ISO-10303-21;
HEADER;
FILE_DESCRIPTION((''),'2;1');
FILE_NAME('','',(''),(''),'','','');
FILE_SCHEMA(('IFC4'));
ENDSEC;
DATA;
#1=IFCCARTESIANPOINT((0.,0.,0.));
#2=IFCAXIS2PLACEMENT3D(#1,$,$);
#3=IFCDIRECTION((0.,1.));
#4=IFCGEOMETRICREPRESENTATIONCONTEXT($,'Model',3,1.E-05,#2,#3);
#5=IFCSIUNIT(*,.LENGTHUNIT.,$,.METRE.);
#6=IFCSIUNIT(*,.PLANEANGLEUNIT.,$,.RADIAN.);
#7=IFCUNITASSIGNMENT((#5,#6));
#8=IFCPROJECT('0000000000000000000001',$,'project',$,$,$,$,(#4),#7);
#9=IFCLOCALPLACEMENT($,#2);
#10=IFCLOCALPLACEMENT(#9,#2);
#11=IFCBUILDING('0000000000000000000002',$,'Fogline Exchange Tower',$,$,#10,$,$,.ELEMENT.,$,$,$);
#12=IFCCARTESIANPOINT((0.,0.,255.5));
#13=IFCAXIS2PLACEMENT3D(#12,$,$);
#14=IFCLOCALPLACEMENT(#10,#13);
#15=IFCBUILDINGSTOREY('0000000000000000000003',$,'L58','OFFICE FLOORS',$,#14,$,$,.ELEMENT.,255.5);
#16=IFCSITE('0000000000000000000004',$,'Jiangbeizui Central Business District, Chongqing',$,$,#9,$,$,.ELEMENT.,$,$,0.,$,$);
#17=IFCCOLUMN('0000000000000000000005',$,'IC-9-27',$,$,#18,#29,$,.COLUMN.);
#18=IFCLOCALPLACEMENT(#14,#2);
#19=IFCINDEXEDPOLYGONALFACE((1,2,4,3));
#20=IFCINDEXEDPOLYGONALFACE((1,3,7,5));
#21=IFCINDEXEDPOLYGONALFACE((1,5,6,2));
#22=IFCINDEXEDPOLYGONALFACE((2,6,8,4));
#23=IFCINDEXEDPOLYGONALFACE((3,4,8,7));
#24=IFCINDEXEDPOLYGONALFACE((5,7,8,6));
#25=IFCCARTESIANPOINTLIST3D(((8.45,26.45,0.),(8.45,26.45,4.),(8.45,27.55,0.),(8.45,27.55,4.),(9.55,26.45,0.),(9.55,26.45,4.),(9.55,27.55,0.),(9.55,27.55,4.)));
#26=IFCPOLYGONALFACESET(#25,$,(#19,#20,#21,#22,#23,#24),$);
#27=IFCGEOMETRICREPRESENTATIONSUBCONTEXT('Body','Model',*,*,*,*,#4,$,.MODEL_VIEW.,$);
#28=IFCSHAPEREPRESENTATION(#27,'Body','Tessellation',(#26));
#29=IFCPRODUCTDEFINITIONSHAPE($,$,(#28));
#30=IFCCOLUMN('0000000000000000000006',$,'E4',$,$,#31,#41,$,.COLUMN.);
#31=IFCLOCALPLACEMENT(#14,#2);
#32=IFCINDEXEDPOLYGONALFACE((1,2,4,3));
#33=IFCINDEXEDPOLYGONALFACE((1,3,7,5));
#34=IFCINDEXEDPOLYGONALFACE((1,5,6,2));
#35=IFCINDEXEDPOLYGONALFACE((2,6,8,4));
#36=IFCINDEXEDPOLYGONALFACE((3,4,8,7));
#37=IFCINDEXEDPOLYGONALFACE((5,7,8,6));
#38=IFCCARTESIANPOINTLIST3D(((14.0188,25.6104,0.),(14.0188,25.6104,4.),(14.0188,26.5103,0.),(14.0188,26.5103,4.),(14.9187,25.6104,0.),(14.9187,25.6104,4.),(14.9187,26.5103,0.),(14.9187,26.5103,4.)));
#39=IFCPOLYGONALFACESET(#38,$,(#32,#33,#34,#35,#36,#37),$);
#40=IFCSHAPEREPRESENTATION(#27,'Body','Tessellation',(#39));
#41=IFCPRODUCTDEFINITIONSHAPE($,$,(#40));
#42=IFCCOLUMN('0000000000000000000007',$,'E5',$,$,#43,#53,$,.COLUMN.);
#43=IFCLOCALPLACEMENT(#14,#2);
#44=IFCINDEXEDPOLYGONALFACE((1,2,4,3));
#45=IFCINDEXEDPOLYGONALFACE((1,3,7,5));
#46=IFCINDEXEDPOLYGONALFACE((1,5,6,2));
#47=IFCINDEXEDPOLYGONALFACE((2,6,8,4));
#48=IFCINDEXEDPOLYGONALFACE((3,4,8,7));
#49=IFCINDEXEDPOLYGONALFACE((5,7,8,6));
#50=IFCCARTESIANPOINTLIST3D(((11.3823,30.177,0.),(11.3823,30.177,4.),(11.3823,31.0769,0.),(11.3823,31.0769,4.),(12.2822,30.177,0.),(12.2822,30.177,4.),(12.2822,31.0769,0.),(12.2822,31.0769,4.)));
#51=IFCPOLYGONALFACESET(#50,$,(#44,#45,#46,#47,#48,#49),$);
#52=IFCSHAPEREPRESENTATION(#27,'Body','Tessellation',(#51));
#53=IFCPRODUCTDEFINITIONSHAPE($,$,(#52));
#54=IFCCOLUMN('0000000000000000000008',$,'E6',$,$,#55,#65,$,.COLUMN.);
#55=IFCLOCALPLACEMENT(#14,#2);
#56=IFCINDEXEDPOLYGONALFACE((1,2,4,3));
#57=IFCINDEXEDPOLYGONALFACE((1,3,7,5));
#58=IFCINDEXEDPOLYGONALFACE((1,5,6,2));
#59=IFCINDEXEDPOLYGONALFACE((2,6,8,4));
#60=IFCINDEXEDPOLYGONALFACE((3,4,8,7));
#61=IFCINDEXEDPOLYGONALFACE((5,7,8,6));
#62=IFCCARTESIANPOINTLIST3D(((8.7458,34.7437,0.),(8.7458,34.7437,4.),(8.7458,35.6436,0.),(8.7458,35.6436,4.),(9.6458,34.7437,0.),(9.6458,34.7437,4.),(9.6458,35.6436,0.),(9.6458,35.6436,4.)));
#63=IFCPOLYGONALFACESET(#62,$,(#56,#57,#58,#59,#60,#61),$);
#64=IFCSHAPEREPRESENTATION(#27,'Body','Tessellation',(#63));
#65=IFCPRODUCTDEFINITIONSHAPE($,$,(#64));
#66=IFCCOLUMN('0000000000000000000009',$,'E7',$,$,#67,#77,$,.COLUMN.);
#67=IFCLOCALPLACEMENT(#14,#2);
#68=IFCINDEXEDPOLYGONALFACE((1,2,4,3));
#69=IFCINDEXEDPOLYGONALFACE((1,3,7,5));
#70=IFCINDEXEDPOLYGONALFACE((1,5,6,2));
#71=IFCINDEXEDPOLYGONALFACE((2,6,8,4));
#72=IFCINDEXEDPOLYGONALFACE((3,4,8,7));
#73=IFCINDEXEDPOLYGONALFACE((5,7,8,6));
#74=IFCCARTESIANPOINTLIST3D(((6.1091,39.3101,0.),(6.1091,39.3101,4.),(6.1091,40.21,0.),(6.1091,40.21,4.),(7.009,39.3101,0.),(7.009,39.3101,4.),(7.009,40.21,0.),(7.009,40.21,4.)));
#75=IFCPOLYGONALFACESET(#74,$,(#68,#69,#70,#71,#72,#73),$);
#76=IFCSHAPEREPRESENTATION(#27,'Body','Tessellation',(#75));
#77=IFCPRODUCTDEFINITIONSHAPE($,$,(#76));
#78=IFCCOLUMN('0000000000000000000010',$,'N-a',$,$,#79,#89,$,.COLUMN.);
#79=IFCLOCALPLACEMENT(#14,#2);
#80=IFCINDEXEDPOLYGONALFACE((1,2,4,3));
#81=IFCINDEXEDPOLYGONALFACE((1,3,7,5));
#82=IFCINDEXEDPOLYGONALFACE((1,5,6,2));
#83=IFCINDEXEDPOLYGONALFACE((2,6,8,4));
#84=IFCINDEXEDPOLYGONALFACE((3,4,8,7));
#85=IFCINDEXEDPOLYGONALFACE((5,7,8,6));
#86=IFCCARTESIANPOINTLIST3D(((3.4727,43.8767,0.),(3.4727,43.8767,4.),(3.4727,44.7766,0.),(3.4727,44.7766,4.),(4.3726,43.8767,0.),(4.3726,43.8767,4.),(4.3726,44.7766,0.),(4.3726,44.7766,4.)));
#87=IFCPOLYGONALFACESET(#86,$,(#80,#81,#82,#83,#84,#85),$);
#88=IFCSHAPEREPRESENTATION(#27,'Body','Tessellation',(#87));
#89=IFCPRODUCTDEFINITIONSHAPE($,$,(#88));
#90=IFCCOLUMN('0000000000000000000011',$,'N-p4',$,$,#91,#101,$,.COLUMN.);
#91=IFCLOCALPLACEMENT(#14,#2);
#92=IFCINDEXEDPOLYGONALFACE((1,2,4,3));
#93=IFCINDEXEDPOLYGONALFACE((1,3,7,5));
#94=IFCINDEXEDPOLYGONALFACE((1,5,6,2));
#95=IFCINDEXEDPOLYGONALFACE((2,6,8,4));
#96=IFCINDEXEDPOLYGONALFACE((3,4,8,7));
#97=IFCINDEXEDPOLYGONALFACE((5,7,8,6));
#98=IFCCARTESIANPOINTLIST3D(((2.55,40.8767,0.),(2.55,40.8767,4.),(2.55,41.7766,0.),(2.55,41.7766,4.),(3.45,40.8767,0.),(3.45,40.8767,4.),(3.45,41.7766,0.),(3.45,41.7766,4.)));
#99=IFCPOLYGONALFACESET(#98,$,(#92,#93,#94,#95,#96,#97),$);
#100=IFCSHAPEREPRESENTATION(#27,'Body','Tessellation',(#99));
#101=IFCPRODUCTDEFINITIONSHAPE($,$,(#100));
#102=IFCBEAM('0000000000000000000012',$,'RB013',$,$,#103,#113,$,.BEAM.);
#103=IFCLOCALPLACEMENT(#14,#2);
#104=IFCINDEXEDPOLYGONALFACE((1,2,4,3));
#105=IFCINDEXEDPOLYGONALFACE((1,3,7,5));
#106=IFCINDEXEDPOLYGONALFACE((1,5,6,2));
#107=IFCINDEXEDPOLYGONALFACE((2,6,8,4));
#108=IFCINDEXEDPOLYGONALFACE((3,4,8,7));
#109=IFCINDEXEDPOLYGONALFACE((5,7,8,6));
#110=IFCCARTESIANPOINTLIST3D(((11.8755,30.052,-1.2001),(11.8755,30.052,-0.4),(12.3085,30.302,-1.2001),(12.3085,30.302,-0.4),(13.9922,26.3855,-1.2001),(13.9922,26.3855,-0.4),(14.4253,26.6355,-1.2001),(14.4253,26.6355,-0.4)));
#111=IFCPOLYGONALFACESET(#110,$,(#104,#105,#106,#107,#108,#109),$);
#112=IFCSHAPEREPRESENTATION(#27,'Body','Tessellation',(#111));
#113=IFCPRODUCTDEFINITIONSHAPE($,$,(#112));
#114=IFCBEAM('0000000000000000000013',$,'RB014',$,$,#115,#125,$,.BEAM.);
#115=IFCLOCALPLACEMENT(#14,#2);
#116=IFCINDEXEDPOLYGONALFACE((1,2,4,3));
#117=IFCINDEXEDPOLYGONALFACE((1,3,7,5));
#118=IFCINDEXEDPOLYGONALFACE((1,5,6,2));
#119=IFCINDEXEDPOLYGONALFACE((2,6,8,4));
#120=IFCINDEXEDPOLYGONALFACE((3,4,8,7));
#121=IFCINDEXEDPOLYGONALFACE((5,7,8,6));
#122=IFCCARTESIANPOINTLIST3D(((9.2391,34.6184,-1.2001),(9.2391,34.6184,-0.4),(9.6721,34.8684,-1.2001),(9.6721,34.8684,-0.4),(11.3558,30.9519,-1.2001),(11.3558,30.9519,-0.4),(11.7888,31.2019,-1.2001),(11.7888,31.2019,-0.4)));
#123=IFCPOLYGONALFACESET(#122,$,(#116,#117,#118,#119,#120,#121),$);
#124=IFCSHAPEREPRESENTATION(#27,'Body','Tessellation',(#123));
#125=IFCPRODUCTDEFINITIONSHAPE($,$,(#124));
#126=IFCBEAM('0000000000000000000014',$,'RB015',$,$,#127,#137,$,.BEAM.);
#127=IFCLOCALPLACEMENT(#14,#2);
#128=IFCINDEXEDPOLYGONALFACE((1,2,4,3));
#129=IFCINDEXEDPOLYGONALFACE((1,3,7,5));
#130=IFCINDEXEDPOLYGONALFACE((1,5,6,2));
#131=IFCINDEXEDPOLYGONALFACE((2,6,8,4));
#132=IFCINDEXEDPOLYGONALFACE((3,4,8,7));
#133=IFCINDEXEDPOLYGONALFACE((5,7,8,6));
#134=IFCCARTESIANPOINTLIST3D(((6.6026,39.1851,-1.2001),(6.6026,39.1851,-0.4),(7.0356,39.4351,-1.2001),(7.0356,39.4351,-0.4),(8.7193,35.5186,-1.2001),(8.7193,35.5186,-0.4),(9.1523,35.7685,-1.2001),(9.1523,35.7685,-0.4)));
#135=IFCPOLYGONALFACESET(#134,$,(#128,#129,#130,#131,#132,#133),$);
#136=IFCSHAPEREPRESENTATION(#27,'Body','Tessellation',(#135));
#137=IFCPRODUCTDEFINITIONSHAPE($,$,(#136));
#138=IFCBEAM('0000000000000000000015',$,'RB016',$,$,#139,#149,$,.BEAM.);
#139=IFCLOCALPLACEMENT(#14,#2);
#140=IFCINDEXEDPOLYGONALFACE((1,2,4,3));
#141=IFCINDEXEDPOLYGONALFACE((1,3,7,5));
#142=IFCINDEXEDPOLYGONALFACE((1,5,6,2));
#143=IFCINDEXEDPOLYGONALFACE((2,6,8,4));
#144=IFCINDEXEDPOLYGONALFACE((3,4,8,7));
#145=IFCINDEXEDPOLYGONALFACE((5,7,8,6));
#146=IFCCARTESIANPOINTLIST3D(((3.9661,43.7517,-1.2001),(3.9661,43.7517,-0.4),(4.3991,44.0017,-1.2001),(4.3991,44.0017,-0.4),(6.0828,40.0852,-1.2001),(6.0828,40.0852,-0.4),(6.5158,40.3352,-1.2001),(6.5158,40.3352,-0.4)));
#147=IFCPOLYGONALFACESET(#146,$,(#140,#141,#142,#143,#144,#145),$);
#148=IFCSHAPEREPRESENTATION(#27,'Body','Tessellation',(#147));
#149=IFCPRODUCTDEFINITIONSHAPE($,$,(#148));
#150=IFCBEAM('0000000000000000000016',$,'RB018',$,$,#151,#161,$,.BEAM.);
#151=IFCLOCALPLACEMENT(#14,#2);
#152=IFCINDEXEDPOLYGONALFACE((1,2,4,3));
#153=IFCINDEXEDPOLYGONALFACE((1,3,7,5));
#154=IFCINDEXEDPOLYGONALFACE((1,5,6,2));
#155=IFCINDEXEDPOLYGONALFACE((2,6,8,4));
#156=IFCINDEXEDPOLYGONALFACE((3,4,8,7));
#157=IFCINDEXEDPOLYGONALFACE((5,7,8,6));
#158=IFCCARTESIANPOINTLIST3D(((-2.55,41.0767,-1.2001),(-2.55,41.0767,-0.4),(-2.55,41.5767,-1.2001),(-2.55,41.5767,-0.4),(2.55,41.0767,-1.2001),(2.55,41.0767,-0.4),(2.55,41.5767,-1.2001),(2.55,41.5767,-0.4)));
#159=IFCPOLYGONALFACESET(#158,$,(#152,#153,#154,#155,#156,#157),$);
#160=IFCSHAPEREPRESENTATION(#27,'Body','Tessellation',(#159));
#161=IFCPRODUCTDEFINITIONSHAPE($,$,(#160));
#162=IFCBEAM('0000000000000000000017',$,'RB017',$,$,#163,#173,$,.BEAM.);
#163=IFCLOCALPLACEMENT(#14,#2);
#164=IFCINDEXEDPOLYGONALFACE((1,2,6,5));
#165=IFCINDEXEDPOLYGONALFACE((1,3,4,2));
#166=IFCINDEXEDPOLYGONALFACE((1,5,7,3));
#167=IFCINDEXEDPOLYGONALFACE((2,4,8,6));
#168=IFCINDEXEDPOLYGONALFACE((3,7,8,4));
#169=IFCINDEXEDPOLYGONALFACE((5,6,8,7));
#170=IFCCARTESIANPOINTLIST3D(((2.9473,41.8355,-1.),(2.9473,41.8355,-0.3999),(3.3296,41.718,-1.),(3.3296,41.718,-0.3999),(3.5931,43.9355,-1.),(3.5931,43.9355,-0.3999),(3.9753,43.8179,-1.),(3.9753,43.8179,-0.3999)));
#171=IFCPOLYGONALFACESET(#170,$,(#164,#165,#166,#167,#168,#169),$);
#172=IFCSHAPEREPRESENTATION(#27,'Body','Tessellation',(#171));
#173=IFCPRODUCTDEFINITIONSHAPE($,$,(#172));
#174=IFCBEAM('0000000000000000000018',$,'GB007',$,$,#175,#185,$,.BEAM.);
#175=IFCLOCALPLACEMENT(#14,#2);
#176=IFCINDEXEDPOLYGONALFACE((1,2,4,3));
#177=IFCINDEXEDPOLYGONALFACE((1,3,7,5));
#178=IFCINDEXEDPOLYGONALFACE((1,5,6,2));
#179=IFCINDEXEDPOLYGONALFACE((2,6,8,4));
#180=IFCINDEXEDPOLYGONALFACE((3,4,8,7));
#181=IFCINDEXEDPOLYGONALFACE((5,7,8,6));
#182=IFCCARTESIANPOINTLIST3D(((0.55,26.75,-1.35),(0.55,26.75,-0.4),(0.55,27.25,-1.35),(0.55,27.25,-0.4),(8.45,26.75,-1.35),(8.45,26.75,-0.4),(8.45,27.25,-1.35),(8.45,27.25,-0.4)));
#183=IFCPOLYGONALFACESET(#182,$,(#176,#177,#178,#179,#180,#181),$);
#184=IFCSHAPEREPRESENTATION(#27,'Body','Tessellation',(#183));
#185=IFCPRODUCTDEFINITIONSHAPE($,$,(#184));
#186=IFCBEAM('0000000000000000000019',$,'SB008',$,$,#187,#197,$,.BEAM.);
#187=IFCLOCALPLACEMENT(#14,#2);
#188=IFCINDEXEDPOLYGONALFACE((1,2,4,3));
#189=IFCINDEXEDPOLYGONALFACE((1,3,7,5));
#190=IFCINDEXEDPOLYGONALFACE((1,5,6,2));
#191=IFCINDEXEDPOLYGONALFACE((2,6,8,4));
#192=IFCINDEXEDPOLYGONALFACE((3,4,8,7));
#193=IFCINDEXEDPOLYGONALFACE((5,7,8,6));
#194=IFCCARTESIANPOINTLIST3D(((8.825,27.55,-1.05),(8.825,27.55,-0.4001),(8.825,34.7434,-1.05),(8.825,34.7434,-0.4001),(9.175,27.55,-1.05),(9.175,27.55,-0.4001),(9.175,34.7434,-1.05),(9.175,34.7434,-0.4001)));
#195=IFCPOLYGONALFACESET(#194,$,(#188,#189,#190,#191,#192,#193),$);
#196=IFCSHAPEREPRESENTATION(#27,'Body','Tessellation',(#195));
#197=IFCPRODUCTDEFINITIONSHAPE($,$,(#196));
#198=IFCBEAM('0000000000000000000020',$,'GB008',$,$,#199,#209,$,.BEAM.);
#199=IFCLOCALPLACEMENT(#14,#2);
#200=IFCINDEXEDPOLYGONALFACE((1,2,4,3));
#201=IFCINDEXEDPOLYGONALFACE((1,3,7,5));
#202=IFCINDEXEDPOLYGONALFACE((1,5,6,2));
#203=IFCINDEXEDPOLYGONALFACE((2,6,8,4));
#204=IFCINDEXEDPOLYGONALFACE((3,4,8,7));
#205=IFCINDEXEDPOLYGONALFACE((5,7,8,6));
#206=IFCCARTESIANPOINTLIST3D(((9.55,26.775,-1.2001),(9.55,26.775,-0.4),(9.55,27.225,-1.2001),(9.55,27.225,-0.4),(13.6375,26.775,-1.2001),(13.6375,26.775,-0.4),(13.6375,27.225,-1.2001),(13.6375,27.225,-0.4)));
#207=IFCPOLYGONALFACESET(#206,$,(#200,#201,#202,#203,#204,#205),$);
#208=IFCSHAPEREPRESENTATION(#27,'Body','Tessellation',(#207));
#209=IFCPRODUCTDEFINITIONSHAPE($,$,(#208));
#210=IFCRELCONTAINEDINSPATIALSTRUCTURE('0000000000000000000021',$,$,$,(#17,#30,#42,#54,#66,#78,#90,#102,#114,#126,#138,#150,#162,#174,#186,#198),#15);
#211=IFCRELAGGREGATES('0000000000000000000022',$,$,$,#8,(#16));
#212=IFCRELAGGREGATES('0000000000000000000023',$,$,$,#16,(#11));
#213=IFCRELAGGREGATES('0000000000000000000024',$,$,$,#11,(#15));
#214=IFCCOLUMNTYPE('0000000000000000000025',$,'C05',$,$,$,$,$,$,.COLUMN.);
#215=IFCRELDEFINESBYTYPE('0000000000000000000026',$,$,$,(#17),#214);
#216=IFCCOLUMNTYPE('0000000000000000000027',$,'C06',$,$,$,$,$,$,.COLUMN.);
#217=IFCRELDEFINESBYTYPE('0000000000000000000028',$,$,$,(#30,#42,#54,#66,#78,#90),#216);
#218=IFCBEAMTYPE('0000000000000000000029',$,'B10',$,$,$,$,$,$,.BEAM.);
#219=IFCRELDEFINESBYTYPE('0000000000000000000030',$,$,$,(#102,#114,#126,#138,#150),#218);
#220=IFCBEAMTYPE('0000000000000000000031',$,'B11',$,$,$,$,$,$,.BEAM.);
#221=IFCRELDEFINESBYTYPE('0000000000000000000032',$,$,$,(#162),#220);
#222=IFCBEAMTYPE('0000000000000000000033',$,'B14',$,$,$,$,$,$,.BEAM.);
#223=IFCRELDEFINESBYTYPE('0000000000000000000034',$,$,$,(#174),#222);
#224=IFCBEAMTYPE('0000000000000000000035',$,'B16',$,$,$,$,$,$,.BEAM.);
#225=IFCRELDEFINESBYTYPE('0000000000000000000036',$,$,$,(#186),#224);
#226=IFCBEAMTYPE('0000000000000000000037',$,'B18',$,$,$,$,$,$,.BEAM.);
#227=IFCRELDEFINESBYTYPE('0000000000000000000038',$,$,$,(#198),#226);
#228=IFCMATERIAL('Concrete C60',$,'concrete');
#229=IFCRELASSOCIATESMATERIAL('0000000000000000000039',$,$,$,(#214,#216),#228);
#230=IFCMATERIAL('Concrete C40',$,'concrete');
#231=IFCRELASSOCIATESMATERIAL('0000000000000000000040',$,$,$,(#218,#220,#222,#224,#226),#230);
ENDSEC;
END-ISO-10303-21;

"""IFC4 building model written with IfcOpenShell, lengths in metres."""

from ifc_helpers import new_model, si_unit, direction, frame, origin, origin_2d, place, context, subcontext, project, spatial, rectangle, extrude, material, material_profile, profile_set, type_object, element, save


model = new_model("IFC4")

# Units and contexts
model_context = context("Model", 3, precision=1e-05, world=origin(), true_north=direction((0.0, 1.0)))
body_context = subcontext(model_context, "Body", "Model", "MODEL_VIEW")
ifc_project = project(units=[si_unit("LENGTHUNIT", "METRE"), si_unit("PLANEANGLEUNIT", "RADIAN")], contexts=[model_context])

# Site, building, storey
site_placement = place(None, origin())
site = spatial("IfcSite", under=ifc_project, at=site_placement, Name="Jiangbeizui Central Business District, Chongqing", CompositionType="ELEMENT", RefElevation=0.0)
building_placement = place(site_placement, origin())
building = spatial("IfcBuilding", under=site, at=building_placement, Name="Fogline Exchange Tower", CompositionType="ELEMENT")
storey_placement = place(building_placement, frame((0.0, 0.0, 255.5)))
storey = spatial("IfcBuildingStorey", under=building, at=storey_placement, Name="L58", Description="OFFICE FLOORS", CompositionType="ELEMENT", Elevation=255.5)

# Columns
ifc_material_1 = material(Name="Concrete C60", Category="concrete")
ifc_material_profile_1 = material_profile(ifc_material_1, rectangle(XDim=1.1001, YDim=1.1001, at=origin_2d()), Name="RC 1100x1100")
ifc_profile_set_1 = profile_set([ifc_material_profile_1], Name="Concrete C60")
column_type_1 = type_object("IfcColumnType", Name="C05", PredefinedType="COLUMN", material=ifc_profile_set_1)
column_placement = place(storey_placement, frame((9.0, 27.0, 0.0), z_axis=(0.0, 0.0, 1.0), x_axis=(1.0, 0.0, 0.0)))
element("IfcColumn", 1, at=column_placement, inside=storey, type_object=column_type_1, Name="IC-9-27", PredefinedType="COLUMN", context=body_context, shape_type="SweptSolid", body=[
    extrude(rectangle(XDim=1.1001, YDim=1.1001, at=origin_2d()), origin(), (0.0, 0.0, 1.0), 4.0),
])
ifc_material_profile_2 = material_profile(ifc_material_1, rectangle(XDim=0.8999, YDim=0.8999, at=origin_2d()), Name="RC 900x900")
ifc_profile_set_2 = profile_set([ifc_material_profile_2], Name="Concrete C60")
column_type_2 = type_object("IfcColumnType", Name="C06", PredefinedType="COLUMN", material=ifc_profile_set_2)
for number, where, z_axis, x_axis, name in (
    (2, (14.4688, 26.0603, 0.0), (0.0, 0.0, 1.0), (1.0, 0.0, 0.0), "E4"),
    (3, (11.8323, 30.627, 0.0), (0.0, 0.0, 1.0), (1.0, 0.0, 0.0), "E5"),
    (4, (9.1958, 35.1936, 0.0), (0.0, 0.0, 1.0), (1.0, 0.0, 0.0), "E6"),
    (5, (6.5591, 39.76, 0.0), (0.0, 0.0, 1.0), (1.0, 0.0, 0.0), "E7"),
    (6, (3.9226, 44.3267, 0.0), (0.0, 0.0, 1.0), (1.0, 0.0, 0.0), "N-a"),
    (7, (3.0, 41.3267, 0.0), (0.0, 0.0, 1.0), (1.0, 0.0, 0.0), "N-p4"),
):
    element("IfcColumn", number, at=place(storey_placement, frame(where, z_axis=z_axis, x_axis=x_axis)), inside=storey, type_object=column_type_2, Name=name, PredefinedType="COLUMN", context=body_context, shape_type="SweptSolid", body=[
        extrude(rectangle(XDim=0.8999, YDim=0.8999, at=origin_2d()), origin(), (0.0, 0.0, 1.0), 4.0),
    ])

# Beams
ifc_material_2 = material(Name="Concrete C40", Category="concrete")
ifc_material_profile_3 = material_profile(ifc_material_2, rectangle(XDim=0.5, YDim=0.8, at=origin_2d()), Name="RC 500x800")
ifc_profile_set_3 = profile_set([ifc_material_profile_3], Name="Concrete C40")
beam_type_1 = type_object("IfcBeamType", Name="B10", PredefinedType="BEAM", material=ifc_profile_set_3)
for number, where, z_axis, x_axis, name in (
    (8, (14.2087, 26.5105, -0.8), (-0.499972, 0.866042, 0.0), (-0.866042, -0.499972, 0.0), "RB013"),
    (9, (11.5723, 31.0769, -0.8), (-0.499972, 0.866042, 0.0), (-0.866042, -0.499972, 0.0), "RB014"),
    (10, (8.9358, 35.6436, -0.8), (-0.499972, 0.866042, 0.0), (-0.866042, -0.499972, 0.0), "RB015"),
    (11, (6.2993, 40.2102, -0.8), (-0.499972, 0.866042, 0.0), (-0.866042, -0.499972, 0.0), "RB016"),
):
    element("IfcBeam", number, at=place(storey_placement, frame(where, z_axis=z_axis, x_axis=x_axis)), inside=storey, type_object=beam_type_1, Name=name, PredefinedType="BEAM", context=body_context, shape_type="SweptSolid", body=[
        extrude(rectangle(XDim=0.5, YDim=0.8, at=origin_2d()), origin(), (0.0, 0.0, 1.0), 4.2336),
    ])
beam_1_placement = place(storey_placement, frame((2.55, 41.3267, -0.8), z_axis=(-1.0, 0.0, 0.0), x_axis=(0.0, -1.0, 0.0)))
element("IfcBeam", 12, at=beam_1_placement, inside=storey, type_object=beam_type_1, Name="RB018", PredefinedType="BEAM", context=body_context, shape_type="SweptSolid", body=[
    extrude(rectangle(XDim=0.5, YDim=0.8, at=origin_2d()), origin(), (0.0, 0.0, 1.0), 5.1001),
])
ifc_material_profile_4 = material_profile(ifc_material_2, rectangle(XDim=0.3999, YDim=0.6001, at=origin_2d()), Name="RC 400x600")
ifc_profile_set_4 = profile_set([ifc_material_profile_4], Name="Concrete C40")
beam_type_2 = type_object("IfcBeamType", Name="B11", PredefinedType="BEAM", material=ifc_profile_set_4)
beam_2_placement = place(storey_placement, frame((3.7842, 43.8767, -0.7), z_axis=(-0.293906, -0.955834, 0.0), x_axis=(0.955834, -0.293906, 0.0)))
element("IfcBeam", 13, at=beam_2_placement, inside=storey, type_object=beam_type_2, Name="RB017", PredefinedType="BEAM", context=body_context, shape_type="SweptSolid", body=[
    extrude(rectangle(XDim=0.3999, YDim=0.6001, at=origin_2d()), origin(), (0.0, 0.0, 1.0), 2.197),
])
ifc_material_profile_5 = material_profile(ifc_material_2, rectangle(XDim=0.5, YDim=0.95, at=origin_2d()), Name="RC 500x950")
ifc_profile_set_5 = profile_set([ifc_material_profile_5], Name="Concrete C40")
beam_type_3 = type_object("IfcBeamType", Name="B14", PredefinedType="BEAM", material=ifc_profile_set_5)
beam_3_placement = place(storey_placement, frame((0.55, 27.0, -0.875), z_axis=(1.0, 0.0, 0.0), x_axis=(0.0, 1.0, 0.0)))
element("IfcBeam", 14, at=beam_3_placement, inside=storey, type_object=beam_type_3, Name="GB007", PredefinedType="BEAM", context=body_context, shape_type="SweptSolid", body=[
    extrude(rectangle(XDim=0.5, YDim=0.95, at=origin_2d()), origin(), (0.0, 0.0, 1.0), 7.8999),
])
ifc_material_profile_6 = material_profile(ifc_material_2, rectangle(XDim=0.3501, YDim=0.6499, at=origin_2d()), Name="RC 350x650")
ifc_profile_set_6 = profile_set([ifc_material_profile_6], Name="Concrete C40")
beam_type_4 = type_object("IfcBeamType", Name="B16", PredefinedType="BEAM", material=ifc_profile_set_6)
beam_4_placement = place(storey_placement, frame((9.0, 27.55, -0.7251), z_axis=(0.0, 1.0, 0.0), x_axis=(-1.0, 0.0, 0.0)))
element("IfcBeam", 15, at=beam_4_placement, inside=storey, type_object=beam_type_4, Name="SB008", PredefinedType="BEAM", context=body_context, shape_type="SweptSolid", body=[
    extrude(rectangle(XDim=0.3501, YDim=0.6499, at=origin_2d()), origin(), (0.0, 0.0, 1.0), 7.1934),
])
ifc_material_profile_7 = material_profile(ifc_material_2, rectangle(XDim=0.45, YDim=0.8, at=origin_2d()), Name="RC 450x800")
ifc_profile_set_7 = profile_set([ifc_material_profile_7], Name="Concrete C40")
beam_type_5 = type_object("IfcBeamType", Name="B18", PredefinedType="BEAM", material=ifc_profile_set_7)
beam_5_placement = place(storey_placement, frame((9.55, 27.0, -0.8), z_axis=(1.0, 0.0, 0.0), x_axis=(0.0, 1.0, 0.0)))
element("IfcBeam", 16, at=beam_5_placement, inside=storey, type_object=beam_type_5, Name="GB008", PredefinedType="BEAM", context=body_context, shape_type="SweptSolid", body=[
    extrude(rectangle(XDim=0.45, YDim=0.8, at=origin_2d()), origin(), (0.0, 0.0, 1.0), 4.0874),
])

save(model, "model.ifc")
